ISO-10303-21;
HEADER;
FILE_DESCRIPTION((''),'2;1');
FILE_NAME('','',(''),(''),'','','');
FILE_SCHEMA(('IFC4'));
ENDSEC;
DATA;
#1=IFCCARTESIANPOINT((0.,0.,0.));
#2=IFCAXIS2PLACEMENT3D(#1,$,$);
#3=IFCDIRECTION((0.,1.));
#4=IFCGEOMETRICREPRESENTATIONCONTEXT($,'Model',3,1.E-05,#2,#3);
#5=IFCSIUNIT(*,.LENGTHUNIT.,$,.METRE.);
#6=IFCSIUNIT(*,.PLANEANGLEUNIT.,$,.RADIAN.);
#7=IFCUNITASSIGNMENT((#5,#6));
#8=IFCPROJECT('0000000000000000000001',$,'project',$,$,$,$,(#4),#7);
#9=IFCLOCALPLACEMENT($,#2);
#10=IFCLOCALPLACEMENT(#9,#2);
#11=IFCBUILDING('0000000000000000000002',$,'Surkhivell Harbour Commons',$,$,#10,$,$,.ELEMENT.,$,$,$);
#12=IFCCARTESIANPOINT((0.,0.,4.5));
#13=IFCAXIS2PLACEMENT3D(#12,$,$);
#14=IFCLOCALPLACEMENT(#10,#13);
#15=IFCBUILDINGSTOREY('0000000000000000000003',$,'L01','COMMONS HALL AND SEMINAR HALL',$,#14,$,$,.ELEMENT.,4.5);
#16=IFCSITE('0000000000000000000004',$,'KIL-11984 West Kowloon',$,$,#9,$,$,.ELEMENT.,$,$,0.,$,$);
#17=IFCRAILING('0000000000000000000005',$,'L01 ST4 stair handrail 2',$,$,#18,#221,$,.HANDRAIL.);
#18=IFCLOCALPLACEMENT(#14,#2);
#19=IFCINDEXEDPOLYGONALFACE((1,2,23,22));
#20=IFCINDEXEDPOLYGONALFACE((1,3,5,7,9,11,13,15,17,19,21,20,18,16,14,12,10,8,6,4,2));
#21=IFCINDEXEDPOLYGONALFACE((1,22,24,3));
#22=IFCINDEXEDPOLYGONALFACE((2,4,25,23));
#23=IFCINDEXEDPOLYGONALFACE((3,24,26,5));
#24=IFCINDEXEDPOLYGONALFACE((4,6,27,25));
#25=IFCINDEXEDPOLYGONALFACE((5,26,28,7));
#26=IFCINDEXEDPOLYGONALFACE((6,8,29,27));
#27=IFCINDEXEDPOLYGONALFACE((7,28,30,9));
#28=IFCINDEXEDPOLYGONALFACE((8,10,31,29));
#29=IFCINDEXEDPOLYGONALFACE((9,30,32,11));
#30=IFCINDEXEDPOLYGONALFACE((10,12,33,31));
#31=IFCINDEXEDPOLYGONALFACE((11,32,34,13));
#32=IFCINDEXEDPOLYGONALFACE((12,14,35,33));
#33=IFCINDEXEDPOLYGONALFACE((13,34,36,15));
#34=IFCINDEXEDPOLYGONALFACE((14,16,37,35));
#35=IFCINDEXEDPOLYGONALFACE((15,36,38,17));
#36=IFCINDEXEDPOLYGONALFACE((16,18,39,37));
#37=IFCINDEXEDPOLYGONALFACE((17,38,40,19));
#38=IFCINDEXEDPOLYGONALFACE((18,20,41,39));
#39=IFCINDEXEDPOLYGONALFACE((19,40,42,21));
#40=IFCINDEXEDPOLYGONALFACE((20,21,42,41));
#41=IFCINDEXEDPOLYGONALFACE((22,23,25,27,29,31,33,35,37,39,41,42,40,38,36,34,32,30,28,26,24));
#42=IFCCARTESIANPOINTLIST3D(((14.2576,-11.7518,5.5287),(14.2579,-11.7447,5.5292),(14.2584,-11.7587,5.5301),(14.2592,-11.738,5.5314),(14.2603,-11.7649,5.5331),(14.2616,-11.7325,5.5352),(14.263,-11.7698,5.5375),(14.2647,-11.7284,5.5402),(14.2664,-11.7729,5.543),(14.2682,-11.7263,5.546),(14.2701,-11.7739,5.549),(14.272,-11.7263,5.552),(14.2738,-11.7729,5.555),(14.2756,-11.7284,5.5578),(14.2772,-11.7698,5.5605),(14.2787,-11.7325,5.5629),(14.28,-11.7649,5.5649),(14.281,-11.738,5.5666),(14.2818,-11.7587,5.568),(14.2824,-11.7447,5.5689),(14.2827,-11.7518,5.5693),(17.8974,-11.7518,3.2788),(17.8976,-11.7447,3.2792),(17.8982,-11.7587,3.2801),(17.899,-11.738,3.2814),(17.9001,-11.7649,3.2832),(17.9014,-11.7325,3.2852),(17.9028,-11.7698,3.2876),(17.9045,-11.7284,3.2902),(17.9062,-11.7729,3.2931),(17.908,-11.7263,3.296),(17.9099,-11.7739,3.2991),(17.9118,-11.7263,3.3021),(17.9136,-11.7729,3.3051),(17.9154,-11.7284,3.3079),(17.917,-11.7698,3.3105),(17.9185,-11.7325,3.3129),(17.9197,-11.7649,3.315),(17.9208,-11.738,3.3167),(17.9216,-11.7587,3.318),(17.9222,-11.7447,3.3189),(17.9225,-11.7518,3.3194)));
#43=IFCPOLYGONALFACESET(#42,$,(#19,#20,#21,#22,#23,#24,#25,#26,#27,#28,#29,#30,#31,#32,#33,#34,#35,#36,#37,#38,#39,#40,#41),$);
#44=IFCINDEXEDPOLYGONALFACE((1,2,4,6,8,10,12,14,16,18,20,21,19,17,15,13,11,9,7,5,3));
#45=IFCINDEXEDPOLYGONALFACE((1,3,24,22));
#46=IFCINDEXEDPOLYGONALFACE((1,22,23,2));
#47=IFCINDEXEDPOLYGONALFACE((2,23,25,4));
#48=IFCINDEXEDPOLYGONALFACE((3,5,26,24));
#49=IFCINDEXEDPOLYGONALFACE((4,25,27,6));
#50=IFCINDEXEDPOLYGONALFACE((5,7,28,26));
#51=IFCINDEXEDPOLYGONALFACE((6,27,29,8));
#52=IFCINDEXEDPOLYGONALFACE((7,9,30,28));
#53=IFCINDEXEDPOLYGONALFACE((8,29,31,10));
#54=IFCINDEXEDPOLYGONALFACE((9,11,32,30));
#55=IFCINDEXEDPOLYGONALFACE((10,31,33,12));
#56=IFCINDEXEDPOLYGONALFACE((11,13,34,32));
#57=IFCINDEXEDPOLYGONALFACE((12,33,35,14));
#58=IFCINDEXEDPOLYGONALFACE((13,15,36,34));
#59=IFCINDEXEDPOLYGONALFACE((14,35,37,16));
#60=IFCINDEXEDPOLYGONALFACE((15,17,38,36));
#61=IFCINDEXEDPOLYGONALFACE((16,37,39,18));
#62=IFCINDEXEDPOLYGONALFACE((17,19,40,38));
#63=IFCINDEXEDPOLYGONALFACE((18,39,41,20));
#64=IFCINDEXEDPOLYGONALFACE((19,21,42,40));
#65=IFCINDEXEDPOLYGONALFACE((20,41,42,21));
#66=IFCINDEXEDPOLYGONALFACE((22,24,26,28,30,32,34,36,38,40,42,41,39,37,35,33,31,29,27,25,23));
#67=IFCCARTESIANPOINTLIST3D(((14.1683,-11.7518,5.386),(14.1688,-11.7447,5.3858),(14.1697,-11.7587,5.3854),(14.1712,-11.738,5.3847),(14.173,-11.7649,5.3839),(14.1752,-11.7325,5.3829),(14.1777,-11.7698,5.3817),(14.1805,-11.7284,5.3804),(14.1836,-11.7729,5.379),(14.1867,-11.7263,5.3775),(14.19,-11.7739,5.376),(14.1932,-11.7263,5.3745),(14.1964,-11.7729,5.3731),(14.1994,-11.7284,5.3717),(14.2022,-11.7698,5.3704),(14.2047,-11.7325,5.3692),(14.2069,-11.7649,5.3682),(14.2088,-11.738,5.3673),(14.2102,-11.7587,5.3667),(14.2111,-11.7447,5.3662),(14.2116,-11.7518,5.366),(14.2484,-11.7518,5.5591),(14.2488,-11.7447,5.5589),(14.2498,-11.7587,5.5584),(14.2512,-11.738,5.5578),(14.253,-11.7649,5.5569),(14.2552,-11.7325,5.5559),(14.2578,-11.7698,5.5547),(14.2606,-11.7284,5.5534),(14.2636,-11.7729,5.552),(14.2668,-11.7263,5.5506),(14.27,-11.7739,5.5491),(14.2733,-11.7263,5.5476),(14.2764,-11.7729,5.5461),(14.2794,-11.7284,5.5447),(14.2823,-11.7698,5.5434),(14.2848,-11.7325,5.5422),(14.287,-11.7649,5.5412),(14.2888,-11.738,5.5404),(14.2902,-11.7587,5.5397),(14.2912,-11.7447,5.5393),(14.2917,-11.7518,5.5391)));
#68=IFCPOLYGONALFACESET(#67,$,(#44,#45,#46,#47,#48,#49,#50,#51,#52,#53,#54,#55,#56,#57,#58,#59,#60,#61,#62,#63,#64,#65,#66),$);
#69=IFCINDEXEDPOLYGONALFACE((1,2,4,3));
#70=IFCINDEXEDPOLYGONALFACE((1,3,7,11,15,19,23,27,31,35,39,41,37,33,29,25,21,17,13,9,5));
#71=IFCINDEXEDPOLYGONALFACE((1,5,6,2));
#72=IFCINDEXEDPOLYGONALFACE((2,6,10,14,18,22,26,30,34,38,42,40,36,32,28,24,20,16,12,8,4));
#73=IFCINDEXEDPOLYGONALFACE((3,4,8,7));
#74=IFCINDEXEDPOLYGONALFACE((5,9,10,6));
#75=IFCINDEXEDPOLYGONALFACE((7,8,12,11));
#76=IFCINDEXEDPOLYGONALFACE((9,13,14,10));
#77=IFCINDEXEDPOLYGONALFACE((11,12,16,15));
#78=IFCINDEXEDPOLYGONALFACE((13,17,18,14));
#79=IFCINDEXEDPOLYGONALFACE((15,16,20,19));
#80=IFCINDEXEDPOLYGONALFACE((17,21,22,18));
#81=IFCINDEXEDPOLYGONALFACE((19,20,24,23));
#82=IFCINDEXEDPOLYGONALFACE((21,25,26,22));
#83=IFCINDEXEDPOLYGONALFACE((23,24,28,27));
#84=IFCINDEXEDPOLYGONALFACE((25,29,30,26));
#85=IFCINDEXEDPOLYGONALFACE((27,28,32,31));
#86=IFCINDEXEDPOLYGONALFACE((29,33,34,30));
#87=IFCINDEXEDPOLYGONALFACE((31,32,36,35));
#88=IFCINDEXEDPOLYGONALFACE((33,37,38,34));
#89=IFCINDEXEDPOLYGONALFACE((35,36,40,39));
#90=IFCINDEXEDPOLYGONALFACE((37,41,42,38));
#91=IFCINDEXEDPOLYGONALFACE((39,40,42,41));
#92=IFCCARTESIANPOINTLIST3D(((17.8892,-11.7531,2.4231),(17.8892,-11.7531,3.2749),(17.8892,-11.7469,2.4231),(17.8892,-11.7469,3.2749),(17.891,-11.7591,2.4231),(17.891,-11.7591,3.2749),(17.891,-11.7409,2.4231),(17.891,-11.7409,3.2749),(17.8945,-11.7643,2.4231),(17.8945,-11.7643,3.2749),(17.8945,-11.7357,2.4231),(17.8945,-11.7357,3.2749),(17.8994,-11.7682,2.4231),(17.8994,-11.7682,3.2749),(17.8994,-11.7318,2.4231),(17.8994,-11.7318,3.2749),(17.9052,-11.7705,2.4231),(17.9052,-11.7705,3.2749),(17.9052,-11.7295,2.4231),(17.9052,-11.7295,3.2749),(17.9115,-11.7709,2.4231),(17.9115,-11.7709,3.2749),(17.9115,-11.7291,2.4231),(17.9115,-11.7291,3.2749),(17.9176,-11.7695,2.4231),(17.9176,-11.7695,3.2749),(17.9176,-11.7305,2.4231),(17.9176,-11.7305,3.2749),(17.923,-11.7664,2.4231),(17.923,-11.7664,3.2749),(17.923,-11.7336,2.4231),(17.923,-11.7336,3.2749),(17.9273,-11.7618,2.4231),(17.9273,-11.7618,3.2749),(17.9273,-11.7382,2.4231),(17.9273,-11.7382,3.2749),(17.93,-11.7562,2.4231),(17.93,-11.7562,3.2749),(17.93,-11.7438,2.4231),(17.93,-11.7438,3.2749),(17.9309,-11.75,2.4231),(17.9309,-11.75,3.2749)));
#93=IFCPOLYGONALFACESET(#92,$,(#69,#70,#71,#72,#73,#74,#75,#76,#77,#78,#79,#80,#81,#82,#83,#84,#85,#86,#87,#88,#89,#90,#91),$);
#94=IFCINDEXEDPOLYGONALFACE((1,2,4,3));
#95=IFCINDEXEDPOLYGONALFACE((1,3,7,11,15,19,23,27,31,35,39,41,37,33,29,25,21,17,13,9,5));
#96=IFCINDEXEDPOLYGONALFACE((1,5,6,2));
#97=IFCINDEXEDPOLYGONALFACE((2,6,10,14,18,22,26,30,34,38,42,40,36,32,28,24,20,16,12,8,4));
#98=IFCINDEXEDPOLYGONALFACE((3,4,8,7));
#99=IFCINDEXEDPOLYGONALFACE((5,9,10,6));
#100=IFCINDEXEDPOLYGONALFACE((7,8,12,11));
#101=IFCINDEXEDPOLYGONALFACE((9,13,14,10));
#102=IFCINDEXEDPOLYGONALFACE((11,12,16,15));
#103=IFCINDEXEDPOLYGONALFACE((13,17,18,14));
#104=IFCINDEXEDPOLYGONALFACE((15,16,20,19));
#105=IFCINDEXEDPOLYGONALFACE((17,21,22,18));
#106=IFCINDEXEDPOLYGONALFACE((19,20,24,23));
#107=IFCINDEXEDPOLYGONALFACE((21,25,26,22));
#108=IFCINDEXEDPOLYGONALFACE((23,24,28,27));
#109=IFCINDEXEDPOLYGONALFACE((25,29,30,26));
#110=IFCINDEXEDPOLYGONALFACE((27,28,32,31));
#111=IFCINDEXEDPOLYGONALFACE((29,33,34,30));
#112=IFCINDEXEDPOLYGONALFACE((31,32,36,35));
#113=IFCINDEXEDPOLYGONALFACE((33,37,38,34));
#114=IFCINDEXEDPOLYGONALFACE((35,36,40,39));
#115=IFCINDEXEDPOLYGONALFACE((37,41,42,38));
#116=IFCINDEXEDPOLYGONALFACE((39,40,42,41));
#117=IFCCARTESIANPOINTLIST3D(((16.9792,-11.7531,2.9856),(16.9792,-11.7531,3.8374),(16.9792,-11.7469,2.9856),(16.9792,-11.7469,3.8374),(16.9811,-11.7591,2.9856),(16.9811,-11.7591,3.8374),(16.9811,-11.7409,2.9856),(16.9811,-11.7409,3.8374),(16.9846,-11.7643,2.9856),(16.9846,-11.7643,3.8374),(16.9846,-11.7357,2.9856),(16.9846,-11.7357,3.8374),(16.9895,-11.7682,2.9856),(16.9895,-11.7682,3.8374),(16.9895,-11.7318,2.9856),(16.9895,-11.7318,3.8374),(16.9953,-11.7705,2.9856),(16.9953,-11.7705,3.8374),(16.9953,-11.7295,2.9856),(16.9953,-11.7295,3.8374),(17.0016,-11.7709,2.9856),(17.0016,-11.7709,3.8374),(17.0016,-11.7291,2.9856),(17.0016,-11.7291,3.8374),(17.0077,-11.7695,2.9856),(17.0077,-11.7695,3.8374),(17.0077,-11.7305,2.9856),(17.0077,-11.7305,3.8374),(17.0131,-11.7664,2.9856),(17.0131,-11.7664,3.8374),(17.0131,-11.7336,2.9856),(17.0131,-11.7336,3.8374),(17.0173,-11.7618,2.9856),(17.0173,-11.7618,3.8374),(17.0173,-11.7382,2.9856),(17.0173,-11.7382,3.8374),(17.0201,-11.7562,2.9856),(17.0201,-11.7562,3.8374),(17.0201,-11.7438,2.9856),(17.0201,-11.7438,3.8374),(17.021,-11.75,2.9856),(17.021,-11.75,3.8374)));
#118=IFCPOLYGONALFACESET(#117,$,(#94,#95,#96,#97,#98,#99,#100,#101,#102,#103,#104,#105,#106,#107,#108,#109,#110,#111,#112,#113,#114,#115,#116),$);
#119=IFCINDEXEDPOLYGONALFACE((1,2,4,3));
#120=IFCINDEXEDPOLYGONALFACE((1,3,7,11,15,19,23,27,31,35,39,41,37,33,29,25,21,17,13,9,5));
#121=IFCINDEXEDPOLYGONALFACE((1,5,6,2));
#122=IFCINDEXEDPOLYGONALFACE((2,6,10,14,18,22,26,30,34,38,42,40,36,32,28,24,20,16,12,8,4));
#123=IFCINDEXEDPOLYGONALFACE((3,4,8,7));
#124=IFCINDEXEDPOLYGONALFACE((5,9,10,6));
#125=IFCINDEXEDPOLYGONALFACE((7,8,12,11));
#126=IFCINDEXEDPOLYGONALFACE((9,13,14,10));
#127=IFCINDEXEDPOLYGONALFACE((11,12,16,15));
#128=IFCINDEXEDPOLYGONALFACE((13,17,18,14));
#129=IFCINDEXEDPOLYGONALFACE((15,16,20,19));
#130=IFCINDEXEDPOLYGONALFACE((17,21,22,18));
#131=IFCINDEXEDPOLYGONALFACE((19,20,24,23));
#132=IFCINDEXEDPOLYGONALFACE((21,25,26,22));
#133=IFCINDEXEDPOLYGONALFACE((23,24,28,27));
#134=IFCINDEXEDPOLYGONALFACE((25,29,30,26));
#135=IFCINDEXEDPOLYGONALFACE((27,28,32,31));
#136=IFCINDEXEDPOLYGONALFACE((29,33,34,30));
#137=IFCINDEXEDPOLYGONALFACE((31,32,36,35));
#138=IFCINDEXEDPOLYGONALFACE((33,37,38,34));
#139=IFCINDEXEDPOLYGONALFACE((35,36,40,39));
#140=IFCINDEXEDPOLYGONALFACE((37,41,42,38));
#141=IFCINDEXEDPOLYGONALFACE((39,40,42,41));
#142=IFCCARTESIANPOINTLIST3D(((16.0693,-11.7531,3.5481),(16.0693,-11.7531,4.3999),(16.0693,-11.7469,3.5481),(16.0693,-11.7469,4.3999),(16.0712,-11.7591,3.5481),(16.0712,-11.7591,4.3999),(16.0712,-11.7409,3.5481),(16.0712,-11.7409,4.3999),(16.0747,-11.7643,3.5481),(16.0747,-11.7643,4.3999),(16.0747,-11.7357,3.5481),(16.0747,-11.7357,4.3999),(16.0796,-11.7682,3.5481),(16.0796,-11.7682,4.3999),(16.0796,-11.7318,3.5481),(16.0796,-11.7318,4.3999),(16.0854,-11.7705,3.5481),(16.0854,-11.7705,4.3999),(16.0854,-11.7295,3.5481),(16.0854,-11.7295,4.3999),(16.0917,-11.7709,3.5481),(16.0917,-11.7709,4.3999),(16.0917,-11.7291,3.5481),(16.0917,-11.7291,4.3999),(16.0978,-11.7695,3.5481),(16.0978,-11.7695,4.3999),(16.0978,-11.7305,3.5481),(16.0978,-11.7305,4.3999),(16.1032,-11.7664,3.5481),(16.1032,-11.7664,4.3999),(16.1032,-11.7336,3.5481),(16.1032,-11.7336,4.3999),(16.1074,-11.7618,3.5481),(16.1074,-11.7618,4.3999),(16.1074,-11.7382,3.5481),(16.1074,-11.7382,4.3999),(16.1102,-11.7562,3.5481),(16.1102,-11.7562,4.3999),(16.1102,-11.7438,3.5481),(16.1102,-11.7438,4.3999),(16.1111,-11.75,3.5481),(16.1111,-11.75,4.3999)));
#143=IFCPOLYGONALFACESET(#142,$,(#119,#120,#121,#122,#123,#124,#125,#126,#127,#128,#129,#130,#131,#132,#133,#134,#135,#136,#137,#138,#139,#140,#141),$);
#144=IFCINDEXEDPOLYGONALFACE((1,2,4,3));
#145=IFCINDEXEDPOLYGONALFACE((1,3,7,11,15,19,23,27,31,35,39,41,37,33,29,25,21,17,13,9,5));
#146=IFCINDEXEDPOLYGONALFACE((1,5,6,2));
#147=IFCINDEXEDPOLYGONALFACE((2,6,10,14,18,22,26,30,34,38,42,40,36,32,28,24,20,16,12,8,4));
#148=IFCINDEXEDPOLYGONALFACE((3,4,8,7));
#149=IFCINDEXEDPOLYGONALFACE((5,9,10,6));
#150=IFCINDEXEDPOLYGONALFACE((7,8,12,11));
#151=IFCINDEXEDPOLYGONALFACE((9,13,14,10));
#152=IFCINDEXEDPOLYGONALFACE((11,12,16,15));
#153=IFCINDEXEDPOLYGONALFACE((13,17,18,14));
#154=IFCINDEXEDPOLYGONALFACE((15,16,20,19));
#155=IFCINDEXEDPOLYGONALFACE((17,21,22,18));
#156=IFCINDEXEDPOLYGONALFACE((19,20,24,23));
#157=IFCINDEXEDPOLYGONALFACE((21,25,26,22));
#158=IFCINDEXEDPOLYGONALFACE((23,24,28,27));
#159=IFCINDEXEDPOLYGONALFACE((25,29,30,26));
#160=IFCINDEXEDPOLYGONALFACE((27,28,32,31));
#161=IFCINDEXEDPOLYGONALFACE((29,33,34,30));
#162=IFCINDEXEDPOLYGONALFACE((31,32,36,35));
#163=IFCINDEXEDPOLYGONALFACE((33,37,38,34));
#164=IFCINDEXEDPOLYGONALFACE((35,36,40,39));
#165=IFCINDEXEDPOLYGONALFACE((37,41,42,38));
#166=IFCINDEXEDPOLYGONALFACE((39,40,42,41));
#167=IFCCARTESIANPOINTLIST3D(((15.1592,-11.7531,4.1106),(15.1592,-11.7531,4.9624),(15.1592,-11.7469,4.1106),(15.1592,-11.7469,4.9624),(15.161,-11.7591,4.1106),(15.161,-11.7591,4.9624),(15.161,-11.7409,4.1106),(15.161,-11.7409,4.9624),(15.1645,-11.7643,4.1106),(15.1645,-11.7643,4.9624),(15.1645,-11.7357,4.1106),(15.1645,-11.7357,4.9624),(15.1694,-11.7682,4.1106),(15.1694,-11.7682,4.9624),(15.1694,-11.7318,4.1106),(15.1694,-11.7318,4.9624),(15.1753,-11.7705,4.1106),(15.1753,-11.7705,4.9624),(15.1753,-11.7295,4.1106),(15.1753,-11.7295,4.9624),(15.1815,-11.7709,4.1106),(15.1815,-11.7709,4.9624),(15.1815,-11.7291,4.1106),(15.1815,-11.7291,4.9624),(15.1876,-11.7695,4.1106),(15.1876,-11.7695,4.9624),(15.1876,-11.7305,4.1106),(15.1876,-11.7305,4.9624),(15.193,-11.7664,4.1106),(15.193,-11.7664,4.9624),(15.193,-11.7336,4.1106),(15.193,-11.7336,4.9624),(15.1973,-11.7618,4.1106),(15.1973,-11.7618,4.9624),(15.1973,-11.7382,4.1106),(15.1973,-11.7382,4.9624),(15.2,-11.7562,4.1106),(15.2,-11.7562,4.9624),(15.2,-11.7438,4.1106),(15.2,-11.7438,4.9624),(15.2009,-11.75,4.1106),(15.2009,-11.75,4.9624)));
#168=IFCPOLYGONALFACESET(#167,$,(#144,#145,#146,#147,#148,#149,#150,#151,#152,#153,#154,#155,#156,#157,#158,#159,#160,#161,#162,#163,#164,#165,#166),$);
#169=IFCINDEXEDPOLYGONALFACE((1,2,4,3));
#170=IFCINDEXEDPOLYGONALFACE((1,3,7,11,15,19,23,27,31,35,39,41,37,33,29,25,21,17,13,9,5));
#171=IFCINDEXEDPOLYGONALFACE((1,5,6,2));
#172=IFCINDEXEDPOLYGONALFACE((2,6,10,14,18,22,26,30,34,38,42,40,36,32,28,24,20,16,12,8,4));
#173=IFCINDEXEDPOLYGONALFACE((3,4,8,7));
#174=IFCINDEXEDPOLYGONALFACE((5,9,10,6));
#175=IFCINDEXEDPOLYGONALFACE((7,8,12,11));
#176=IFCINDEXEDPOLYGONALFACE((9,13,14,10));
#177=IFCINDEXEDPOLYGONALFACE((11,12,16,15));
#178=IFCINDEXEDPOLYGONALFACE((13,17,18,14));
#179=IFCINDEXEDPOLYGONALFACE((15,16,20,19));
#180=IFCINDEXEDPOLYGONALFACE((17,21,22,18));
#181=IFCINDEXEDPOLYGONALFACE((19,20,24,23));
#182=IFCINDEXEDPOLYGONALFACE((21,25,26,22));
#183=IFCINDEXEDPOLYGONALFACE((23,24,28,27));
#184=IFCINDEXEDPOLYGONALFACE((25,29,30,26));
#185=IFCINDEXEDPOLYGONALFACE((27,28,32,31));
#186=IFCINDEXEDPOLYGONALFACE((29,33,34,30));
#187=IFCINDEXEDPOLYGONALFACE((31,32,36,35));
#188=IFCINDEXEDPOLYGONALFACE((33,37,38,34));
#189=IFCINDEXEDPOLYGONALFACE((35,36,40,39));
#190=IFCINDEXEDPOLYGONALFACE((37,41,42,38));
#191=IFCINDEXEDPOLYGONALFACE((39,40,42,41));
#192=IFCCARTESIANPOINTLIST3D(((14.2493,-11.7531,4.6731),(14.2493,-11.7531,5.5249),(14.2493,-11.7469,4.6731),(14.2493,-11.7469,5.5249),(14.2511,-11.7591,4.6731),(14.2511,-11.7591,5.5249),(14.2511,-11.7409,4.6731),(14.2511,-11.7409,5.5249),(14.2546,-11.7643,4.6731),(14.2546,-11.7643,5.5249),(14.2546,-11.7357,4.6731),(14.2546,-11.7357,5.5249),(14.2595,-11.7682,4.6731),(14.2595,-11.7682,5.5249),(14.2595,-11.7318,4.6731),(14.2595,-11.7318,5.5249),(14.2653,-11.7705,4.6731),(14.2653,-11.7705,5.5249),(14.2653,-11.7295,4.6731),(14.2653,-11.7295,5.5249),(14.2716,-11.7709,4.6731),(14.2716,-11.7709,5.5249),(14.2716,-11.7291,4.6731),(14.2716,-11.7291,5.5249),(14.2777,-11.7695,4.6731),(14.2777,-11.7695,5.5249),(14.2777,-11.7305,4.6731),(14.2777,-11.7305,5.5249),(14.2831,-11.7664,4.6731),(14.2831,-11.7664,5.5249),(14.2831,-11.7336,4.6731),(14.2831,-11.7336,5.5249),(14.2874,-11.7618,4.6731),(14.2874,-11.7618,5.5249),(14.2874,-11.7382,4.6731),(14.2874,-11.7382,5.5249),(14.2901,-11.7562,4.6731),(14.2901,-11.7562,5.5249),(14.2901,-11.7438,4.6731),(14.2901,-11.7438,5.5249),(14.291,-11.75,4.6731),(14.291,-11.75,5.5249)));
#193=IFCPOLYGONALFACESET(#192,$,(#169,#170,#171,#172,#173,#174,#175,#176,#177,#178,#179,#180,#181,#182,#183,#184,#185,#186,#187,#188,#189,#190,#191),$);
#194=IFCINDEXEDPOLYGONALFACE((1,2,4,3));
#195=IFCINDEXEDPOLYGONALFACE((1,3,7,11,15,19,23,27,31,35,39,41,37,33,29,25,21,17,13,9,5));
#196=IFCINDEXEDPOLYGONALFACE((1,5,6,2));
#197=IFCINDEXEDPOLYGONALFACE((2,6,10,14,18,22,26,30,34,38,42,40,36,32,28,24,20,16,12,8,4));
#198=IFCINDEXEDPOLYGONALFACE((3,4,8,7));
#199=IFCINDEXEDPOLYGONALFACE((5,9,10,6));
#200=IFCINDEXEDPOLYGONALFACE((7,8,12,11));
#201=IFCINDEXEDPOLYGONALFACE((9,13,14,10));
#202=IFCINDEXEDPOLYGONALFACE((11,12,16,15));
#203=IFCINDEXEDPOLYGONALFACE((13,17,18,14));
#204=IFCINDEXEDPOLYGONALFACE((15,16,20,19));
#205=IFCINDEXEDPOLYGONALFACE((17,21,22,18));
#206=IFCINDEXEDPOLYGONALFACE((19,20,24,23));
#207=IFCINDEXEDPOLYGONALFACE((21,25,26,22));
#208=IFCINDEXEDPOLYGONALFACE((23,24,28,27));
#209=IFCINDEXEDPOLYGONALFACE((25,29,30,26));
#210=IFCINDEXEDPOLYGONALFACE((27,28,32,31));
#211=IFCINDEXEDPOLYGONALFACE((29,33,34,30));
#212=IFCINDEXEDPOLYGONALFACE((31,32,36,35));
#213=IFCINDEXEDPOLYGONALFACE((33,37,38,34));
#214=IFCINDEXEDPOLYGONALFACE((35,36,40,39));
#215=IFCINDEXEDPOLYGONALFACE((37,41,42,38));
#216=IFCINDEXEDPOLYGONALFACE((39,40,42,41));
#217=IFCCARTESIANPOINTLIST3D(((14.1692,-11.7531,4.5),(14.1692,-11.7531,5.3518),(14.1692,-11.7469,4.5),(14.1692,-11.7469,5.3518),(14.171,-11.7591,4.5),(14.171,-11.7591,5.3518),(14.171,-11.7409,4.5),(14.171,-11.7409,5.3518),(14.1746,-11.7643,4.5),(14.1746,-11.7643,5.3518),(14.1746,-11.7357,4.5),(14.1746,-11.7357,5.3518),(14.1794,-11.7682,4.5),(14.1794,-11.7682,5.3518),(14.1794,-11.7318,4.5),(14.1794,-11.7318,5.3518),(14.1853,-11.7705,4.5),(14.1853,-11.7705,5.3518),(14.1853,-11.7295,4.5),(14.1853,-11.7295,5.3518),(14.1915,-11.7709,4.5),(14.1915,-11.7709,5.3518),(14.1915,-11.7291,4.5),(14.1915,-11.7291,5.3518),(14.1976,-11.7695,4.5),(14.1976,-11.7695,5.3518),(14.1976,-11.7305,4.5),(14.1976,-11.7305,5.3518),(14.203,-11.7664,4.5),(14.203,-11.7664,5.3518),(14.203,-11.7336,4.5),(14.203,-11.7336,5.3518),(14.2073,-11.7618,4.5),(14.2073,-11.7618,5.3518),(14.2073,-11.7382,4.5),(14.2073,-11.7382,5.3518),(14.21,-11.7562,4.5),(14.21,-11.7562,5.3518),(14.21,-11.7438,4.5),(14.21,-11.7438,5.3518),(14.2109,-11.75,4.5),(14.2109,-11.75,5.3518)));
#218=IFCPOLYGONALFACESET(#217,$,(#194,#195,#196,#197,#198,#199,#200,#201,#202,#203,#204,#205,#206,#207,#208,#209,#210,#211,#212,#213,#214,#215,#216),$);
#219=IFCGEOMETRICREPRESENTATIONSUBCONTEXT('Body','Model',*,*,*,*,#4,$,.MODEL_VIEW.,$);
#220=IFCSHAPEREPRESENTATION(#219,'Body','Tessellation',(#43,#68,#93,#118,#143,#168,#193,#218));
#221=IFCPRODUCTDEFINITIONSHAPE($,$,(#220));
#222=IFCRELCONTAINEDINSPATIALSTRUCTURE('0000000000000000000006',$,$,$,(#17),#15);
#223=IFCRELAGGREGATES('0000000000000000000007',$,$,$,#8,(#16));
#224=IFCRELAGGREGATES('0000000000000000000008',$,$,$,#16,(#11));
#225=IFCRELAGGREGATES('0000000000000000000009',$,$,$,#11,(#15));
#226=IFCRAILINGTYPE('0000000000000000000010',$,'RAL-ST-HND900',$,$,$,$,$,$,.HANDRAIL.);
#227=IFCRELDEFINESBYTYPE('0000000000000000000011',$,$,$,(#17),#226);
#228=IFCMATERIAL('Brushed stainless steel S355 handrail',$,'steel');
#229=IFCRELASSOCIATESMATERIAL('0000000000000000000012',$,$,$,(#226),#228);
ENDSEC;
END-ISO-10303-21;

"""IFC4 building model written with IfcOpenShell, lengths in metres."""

from ifc_helpers import new_model, si_unit, direction, frame, origin, origin_2d, place, context, subcontext, project, spatial, circle, extrude, material, type_object, element, save


model = new_model("IFC4")

# Units and contexts
model_context = context("Model", 3, precision=1e-05, world=origin(), true_north=direction((0.0, 1.0)))
body_context = subcontext(model_context, "Body", "Model", "MODEL_VIEW")
ifc_project = project(units=[si_unit("LENGTHUNIT", "METRE"), si_unit("PLANEANGLEUNIT", "RADIAN")], contexts=[model_context])

# Site, building, storey
site_placement = place(None, origin())
site = spatial("IfcSite", under=ifc_project, at=site_placement, Name="KIL-11984 West Kowloon", CompositionType="ELEMENT", RefElevation=0.0)
building_placement = place(site_placement, origin())
building = spatial("IfcBuilding", under=site, at=building_placement, Name="Surkhivell Harbour Commons", CompositionType="ELEMENT")
storey_placement = place(building_placement, frame((0.0, 0.0, 4.5)))
storey = spatial("IfcBuildingStorey", under=building, at=storey_placement, Name="L01", Description="COMMONS HALL AND SEMINAR HALL", CompositionType="ELEMENT", Elevation=4.5)

# Railing
ifc_material_1 = material(Name="Brushed stainless steel S355 handrail", Category="steel")
railing_type_1 = type_object("IfcRailingType", Name="RAL-ST-HND900", PredefinedType="HANDRAIL", material=ifc_material_1)
railing_1_placement = place(storey_placement, frame((17.9099, -11.75, 2.4231)))
element("IfcRailing", 1, at=railing_1_placement, inside=storey, type_object=railing_type_1, Name="L01 ST4 stair handrail 2", PredefinedType="HANDRAIL", context=body_context, shape_type="SweptSolid", body=[
    extrude(circle(Radius=0.0239, at=origin_2d()), frame((0.0, 0.0, 0.876), z_axis=(-0.850607, 0.0, 0.525803), x_axis=(0.0, -1.0, 0.0)), (0.0, 0.0, 1.0), 4.2791),
    extrude(circle(Radius=0.0239, at=origin_2d()), frame((-3.6399, 0.0, 3.126), z_axis=(-0.41987, 0.0, -0.907584), x_axis=(0.0, -1.0, 0.0)), (0.0, 0.0, 1.0), 0.1907),
    extrude(circle(Radius=0.021, at=origin_2d()), origin(), (0.0, 0.0, 1.0), 0.8518),
    extrude(circle(Radius=0.021, at=origin_2d()), frame((-0.9099, 0.0, 0.5625)), (0.0, 0.0, 1.0), 0.8518),
    extrude(circle(Radius=0.021, at=origin_2d()), frame((-1.8198, 0.0, 1.125)), (0.0, 0.0, 1.0), 0.8518),
    extrude(circle(Radius=0.021, at=origin_2d()), frame((-2.73, 0.0, 1.6875)), (0.0, 0.0, 1.0), 0.8518),
    extrude(circle(Radius=0.021, at=origin_2d()), frame((-3.6399, 0.0, 2.25)), (0.0, 0.0, 1.0), 0.8518),
    extrude(circle(Radius=0.021, at=origin_2d()), frame((-3.72, 0.0, 2.0769)), (0.0, 0.0, 1.0), 0.8518),
])

save(model, "model.ifc")
